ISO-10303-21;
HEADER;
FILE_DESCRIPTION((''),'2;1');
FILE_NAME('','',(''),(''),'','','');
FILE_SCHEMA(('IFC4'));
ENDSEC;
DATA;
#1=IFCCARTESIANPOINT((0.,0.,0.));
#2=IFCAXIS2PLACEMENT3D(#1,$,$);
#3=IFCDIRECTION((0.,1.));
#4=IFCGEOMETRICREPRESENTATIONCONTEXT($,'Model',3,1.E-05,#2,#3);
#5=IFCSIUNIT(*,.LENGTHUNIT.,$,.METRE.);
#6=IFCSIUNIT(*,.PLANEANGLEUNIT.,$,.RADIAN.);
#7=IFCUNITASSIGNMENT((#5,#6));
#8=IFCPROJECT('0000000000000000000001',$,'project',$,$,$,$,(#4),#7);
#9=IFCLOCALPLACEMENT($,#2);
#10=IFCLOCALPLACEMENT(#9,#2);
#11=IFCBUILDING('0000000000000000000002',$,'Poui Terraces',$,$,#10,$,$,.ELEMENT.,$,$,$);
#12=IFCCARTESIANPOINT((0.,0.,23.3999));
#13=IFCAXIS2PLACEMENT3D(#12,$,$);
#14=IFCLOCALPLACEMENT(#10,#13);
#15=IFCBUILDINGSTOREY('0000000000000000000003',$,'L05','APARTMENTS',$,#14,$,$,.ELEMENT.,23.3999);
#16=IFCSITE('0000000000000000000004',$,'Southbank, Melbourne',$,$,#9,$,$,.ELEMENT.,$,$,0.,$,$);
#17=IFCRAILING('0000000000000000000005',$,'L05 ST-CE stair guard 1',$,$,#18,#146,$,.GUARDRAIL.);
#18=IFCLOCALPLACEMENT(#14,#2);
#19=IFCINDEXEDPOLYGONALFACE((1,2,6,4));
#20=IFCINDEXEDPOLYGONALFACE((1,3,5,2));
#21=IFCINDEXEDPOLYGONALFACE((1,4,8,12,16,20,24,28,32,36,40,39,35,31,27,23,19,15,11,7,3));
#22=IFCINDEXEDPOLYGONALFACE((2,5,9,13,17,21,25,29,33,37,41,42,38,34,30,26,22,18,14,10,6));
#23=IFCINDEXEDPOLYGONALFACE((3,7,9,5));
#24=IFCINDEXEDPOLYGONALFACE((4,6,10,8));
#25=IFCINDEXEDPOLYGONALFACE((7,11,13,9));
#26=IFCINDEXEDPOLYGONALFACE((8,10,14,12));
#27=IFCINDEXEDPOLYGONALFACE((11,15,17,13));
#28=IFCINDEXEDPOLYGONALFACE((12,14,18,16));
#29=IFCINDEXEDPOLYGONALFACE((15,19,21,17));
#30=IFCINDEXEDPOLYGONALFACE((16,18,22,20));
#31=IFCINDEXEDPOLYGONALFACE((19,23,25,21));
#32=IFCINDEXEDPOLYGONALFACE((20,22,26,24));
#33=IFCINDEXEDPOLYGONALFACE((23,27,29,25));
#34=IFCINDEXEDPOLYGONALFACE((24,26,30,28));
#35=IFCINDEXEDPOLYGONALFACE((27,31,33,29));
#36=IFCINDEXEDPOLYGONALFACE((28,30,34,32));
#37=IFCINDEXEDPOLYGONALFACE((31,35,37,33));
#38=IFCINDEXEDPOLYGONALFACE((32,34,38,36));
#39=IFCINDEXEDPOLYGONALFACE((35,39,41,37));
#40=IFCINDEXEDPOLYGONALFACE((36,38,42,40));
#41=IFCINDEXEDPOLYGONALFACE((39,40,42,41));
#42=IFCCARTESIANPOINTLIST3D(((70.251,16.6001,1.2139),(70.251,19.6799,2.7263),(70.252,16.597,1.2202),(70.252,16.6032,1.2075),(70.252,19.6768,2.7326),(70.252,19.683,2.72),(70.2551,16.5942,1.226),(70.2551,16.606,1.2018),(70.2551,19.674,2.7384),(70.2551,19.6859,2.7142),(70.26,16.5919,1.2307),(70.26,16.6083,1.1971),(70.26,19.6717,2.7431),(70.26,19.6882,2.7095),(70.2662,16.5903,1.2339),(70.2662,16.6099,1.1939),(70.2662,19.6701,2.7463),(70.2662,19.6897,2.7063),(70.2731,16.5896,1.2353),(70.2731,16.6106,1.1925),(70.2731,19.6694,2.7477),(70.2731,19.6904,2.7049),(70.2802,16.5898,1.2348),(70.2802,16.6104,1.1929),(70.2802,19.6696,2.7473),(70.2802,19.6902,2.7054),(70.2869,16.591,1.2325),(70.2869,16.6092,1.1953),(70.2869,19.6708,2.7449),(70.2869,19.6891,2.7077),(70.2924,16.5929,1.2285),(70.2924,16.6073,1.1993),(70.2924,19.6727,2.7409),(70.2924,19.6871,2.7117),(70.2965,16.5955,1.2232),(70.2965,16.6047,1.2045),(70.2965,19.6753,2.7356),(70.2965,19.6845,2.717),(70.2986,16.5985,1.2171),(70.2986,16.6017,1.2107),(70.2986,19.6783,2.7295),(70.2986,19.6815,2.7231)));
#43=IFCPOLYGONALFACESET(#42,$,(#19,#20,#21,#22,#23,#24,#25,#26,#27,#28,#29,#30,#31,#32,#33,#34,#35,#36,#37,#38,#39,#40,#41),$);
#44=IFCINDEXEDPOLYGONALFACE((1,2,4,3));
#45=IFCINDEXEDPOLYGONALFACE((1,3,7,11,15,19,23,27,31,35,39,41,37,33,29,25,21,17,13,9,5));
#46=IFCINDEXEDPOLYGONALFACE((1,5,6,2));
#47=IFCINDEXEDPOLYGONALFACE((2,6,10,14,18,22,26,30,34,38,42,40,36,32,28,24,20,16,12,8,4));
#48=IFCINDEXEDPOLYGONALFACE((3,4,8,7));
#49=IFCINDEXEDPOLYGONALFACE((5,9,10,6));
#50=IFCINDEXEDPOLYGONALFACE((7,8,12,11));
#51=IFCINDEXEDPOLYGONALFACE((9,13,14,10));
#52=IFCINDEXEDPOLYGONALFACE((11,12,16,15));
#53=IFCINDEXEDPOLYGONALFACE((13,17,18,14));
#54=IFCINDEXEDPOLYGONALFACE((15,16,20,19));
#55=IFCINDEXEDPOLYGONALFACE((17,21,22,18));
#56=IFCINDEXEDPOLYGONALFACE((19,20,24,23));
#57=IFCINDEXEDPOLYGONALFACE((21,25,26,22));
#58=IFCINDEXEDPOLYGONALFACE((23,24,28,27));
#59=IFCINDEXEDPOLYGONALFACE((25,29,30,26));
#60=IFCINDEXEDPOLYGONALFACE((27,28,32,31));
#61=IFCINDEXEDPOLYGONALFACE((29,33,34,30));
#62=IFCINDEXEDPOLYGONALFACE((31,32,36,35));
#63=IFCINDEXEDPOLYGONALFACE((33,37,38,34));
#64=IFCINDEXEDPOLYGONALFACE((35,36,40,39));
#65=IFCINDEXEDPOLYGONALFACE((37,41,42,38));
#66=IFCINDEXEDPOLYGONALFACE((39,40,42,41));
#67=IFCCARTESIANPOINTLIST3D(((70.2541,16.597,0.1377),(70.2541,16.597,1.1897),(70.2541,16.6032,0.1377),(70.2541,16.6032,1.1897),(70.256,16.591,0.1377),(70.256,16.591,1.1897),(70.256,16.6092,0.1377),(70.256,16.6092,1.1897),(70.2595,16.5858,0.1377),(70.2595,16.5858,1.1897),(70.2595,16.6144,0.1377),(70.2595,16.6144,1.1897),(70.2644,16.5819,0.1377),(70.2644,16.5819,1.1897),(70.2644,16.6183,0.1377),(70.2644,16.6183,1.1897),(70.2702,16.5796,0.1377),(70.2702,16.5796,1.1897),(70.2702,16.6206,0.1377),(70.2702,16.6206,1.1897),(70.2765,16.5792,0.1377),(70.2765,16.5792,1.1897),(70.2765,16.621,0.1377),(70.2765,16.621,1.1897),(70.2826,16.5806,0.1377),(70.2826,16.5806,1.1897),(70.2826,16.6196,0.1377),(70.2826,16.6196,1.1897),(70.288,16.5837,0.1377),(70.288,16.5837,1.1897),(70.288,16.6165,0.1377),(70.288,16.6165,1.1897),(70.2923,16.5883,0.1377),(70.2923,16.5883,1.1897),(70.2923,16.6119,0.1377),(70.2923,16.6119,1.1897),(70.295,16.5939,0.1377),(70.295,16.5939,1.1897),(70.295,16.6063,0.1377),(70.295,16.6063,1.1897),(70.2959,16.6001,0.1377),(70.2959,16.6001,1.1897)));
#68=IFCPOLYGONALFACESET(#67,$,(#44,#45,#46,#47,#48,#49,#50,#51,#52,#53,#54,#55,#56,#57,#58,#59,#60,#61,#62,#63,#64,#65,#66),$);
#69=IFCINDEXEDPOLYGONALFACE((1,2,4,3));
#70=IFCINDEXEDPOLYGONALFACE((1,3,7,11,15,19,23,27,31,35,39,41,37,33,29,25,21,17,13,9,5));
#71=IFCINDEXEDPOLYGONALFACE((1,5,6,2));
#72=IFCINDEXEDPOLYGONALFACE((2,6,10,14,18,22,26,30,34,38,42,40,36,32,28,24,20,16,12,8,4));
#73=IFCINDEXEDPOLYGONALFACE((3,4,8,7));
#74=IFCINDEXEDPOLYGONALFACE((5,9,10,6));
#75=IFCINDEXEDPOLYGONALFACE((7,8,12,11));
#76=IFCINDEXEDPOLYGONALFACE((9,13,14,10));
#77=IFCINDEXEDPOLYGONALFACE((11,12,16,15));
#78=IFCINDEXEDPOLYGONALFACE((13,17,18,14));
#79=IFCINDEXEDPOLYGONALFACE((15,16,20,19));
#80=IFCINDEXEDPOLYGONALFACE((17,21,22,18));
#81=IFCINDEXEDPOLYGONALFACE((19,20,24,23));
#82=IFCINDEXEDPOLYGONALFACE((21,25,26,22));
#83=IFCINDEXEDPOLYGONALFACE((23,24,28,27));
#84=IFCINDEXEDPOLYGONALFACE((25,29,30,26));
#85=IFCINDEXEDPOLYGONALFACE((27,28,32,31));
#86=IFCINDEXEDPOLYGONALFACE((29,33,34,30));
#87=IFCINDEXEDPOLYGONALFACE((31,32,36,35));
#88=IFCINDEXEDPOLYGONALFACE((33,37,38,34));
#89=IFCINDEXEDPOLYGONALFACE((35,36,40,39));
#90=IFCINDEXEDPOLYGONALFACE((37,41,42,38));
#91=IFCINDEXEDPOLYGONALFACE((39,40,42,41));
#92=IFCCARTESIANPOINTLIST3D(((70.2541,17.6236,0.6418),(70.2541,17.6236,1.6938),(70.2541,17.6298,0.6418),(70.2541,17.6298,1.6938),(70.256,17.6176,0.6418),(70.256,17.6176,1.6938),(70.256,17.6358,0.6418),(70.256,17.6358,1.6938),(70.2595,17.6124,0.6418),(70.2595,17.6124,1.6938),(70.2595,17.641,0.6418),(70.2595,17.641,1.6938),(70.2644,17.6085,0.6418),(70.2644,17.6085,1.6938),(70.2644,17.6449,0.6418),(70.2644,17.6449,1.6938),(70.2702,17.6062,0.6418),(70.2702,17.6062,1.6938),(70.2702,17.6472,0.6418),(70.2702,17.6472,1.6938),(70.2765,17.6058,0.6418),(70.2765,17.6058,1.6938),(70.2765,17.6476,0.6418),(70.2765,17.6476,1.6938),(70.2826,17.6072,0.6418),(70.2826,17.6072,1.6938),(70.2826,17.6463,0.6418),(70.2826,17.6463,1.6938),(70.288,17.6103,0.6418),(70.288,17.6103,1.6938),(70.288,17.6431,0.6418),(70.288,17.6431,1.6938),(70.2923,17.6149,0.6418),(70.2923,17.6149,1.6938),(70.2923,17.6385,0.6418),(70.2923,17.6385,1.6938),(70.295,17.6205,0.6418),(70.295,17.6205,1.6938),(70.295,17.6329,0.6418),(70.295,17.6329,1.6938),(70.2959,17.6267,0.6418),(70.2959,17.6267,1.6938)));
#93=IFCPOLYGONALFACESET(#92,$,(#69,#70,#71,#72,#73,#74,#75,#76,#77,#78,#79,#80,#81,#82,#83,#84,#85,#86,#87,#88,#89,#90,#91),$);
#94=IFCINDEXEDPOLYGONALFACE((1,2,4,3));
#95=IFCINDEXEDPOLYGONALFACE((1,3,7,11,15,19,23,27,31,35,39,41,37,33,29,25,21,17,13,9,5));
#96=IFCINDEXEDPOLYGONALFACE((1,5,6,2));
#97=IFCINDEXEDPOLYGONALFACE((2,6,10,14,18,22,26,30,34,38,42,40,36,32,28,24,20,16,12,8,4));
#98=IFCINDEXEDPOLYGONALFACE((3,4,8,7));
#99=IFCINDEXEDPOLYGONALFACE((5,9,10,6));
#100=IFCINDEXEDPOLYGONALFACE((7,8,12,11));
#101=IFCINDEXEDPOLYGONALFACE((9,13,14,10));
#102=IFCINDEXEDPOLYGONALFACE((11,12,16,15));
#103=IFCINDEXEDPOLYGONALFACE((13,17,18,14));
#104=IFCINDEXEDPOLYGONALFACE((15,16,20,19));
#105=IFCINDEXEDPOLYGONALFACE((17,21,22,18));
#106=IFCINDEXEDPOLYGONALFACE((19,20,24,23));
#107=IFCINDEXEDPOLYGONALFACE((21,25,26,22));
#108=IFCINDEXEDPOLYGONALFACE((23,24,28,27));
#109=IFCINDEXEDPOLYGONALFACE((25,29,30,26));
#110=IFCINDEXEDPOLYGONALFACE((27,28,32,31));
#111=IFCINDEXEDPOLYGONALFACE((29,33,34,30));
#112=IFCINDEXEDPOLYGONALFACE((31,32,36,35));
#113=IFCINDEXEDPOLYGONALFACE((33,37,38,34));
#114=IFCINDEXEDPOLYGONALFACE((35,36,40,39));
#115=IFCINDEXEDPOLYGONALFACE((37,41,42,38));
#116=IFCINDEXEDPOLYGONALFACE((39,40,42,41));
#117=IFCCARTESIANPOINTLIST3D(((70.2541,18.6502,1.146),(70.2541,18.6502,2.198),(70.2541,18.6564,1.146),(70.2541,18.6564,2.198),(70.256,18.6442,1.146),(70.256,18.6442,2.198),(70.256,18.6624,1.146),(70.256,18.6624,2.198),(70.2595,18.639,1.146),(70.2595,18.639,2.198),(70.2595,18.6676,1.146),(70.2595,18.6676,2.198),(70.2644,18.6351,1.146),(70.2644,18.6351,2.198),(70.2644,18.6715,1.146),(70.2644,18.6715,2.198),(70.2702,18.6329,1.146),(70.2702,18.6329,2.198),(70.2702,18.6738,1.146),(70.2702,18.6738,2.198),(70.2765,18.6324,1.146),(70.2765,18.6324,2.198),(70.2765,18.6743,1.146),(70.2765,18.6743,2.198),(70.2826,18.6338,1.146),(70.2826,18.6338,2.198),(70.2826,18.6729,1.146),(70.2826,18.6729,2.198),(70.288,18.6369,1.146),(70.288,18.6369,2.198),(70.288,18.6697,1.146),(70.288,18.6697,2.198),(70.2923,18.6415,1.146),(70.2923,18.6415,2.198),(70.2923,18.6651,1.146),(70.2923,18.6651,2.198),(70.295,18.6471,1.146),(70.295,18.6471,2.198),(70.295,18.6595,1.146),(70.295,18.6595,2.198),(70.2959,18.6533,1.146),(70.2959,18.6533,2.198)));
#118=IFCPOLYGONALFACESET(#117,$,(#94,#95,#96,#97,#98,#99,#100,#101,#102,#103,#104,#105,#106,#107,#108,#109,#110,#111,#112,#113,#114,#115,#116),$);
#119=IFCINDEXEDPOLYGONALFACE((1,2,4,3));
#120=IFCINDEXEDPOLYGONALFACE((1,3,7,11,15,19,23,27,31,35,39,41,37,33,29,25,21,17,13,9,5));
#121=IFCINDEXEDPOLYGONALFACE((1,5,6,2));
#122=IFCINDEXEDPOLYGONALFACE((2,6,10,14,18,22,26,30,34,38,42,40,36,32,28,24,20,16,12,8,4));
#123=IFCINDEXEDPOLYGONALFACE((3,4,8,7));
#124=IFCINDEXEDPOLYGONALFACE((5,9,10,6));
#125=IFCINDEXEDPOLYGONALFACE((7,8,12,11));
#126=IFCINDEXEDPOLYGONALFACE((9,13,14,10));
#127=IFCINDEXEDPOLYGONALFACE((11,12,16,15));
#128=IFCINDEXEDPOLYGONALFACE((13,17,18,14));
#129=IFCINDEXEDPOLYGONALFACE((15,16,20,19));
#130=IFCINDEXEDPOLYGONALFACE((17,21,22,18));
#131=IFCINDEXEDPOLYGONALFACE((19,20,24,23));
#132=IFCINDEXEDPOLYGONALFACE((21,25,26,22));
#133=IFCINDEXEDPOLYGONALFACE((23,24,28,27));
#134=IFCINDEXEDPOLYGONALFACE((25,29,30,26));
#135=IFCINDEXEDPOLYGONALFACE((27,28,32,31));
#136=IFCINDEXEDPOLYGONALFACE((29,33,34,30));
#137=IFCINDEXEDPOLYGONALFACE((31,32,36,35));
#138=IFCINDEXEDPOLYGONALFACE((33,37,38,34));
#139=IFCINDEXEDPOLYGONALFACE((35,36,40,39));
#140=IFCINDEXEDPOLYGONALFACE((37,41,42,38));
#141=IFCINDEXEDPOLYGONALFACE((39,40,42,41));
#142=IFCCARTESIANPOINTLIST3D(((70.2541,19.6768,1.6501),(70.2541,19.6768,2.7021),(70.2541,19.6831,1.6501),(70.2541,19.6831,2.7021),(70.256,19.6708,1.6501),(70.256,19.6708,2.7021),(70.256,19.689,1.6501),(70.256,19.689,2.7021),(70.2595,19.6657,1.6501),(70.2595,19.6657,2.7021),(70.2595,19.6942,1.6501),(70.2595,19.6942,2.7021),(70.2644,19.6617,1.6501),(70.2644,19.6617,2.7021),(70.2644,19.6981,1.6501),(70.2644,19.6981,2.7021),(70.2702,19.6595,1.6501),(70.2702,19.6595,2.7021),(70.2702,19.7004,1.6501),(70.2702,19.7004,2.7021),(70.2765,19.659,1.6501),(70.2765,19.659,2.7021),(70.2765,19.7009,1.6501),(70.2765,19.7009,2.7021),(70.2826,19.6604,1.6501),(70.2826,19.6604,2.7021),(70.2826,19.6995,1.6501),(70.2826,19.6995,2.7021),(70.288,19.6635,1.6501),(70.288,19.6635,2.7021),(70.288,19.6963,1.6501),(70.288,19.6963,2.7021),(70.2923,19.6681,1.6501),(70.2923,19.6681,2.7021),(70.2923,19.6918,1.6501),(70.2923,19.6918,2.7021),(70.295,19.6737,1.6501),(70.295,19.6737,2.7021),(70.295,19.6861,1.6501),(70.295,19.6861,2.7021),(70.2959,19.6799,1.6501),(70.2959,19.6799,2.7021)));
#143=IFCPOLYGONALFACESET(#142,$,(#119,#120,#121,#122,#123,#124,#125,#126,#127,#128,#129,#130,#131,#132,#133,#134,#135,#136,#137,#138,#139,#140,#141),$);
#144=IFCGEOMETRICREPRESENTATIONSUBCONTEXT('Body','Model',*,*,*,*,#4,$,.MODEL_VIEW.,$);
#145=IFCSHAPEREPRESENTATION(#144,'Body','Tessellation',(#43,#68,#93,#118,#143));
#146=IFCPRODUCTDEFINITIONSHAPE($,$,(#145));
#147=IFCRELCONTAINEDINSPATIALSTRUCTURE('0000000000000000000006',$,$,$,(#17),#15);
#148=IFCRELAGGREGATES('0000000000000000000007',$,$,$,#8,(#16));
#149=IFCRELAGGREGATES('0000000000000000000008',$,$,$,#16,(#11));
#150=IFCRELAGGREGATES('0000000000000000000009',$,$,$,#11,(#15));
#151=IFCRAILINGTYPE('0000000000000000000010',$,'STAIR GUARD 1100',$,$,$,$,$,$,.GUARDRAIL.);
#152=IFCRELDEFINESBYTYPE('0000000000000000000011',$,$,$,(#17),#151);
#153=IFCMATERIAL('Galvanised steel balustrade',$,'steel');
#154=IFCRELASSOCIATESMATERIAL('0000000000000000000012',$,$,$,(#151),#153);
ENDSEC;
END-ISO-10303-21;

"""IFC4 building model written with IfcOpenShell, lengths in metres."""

from ifc_helpers import new_model, si_unit, direction, frame, origin, origin_2d, place, context, subcontext, project, spatial, circle, extrude, material, type_object, element, save


model = new_model("IFC4")

# Units and contexts
model_context = context("Model", 3, precision=1e-05, world=origin(), true_north=direction((0.0, 1.0)))
body_context = subcontext(model_context, "Body", "Model", "MODEL_VIEW")
ifc_project = project(units=[si_unit("LENGTHUNIT", "METRE"), si_unit("PLANEANGLEUNIT", "RADIAN")], contexts=[model_context])

# Site, building, storey
site_placement = place(None, origin())
site = spatial("IfcSite", under=ifc_project, at=site_placement, Name="Southbank, Melbourne", CompositionType="ELEMENT", RefElevation=0.0)
building_placement = place(site_placement, origin())
building = spatial("IfcBuilding", under=site, at=building_placement, Name="Poui Terraces", CompositionType="ELEMENT")
storey_placement = place(building_placement, frame((0.0, 0.0, 23.3999)))
storey = spatial("IfcBuildingStorey", under=building, at=storey_placement, Name="L05", Description="APARTMENTS", CompositionType="ELEMENT", Elevation=23.3999)

# Railing
ifc_material_1 = material(Name="Galvanised steel balustrade", Category="steel")
railing_type_1 = type_object("IfcRailingType", Name="STAIR GUARD 1100", PredefinedType="GUARDRAIL", material=ifc_material_1)
railing_1_placement = place(storey_placement, frame((70.2749, 16.6001, 0.1377)))
element("IfcRailing", 1, at=railing_1_placement, inside=storey, type_object=railing_type_1, Name="L05 ST-CE stair guard 1", PredefinedType="GUARDRAIL", context=body_context, shape_type="SweptSolid", body=[
    extrude(circle(Radius=0.0239, at=origin_2d()), frame((0.0, 0.0, 1.0762), z_axis=(0.0, 0.897606, 0.440798), x_axis=(-1.0, 0.0, 0.0)), (0.0, 0.0, 1.0), 3.4312),
    extrude(circle(Radius=0.021, at=origin_2d()), origin(), (0.0, 0.0, 1.0), 1.052),
    extrude(circle(Radius=0.021, at=origin_2d()), frame((0.0, 1.0266, 0.5042)), (0.0, 0.0, 1.0), 1.052),
    extrude(circle(Radius=0.021, at=origin_2d()), frame((0.0, 2.0532, 1.0083)), (0.0, 0.0, 1.0), 1.052),
    extrude(circle(Radius=0.021, at=origin_2d()), frame((0.0, 3.0798, 1.5125)), (0.0, 0.0, 1.0), 1.052),
])

save(model, "model.ifc")
